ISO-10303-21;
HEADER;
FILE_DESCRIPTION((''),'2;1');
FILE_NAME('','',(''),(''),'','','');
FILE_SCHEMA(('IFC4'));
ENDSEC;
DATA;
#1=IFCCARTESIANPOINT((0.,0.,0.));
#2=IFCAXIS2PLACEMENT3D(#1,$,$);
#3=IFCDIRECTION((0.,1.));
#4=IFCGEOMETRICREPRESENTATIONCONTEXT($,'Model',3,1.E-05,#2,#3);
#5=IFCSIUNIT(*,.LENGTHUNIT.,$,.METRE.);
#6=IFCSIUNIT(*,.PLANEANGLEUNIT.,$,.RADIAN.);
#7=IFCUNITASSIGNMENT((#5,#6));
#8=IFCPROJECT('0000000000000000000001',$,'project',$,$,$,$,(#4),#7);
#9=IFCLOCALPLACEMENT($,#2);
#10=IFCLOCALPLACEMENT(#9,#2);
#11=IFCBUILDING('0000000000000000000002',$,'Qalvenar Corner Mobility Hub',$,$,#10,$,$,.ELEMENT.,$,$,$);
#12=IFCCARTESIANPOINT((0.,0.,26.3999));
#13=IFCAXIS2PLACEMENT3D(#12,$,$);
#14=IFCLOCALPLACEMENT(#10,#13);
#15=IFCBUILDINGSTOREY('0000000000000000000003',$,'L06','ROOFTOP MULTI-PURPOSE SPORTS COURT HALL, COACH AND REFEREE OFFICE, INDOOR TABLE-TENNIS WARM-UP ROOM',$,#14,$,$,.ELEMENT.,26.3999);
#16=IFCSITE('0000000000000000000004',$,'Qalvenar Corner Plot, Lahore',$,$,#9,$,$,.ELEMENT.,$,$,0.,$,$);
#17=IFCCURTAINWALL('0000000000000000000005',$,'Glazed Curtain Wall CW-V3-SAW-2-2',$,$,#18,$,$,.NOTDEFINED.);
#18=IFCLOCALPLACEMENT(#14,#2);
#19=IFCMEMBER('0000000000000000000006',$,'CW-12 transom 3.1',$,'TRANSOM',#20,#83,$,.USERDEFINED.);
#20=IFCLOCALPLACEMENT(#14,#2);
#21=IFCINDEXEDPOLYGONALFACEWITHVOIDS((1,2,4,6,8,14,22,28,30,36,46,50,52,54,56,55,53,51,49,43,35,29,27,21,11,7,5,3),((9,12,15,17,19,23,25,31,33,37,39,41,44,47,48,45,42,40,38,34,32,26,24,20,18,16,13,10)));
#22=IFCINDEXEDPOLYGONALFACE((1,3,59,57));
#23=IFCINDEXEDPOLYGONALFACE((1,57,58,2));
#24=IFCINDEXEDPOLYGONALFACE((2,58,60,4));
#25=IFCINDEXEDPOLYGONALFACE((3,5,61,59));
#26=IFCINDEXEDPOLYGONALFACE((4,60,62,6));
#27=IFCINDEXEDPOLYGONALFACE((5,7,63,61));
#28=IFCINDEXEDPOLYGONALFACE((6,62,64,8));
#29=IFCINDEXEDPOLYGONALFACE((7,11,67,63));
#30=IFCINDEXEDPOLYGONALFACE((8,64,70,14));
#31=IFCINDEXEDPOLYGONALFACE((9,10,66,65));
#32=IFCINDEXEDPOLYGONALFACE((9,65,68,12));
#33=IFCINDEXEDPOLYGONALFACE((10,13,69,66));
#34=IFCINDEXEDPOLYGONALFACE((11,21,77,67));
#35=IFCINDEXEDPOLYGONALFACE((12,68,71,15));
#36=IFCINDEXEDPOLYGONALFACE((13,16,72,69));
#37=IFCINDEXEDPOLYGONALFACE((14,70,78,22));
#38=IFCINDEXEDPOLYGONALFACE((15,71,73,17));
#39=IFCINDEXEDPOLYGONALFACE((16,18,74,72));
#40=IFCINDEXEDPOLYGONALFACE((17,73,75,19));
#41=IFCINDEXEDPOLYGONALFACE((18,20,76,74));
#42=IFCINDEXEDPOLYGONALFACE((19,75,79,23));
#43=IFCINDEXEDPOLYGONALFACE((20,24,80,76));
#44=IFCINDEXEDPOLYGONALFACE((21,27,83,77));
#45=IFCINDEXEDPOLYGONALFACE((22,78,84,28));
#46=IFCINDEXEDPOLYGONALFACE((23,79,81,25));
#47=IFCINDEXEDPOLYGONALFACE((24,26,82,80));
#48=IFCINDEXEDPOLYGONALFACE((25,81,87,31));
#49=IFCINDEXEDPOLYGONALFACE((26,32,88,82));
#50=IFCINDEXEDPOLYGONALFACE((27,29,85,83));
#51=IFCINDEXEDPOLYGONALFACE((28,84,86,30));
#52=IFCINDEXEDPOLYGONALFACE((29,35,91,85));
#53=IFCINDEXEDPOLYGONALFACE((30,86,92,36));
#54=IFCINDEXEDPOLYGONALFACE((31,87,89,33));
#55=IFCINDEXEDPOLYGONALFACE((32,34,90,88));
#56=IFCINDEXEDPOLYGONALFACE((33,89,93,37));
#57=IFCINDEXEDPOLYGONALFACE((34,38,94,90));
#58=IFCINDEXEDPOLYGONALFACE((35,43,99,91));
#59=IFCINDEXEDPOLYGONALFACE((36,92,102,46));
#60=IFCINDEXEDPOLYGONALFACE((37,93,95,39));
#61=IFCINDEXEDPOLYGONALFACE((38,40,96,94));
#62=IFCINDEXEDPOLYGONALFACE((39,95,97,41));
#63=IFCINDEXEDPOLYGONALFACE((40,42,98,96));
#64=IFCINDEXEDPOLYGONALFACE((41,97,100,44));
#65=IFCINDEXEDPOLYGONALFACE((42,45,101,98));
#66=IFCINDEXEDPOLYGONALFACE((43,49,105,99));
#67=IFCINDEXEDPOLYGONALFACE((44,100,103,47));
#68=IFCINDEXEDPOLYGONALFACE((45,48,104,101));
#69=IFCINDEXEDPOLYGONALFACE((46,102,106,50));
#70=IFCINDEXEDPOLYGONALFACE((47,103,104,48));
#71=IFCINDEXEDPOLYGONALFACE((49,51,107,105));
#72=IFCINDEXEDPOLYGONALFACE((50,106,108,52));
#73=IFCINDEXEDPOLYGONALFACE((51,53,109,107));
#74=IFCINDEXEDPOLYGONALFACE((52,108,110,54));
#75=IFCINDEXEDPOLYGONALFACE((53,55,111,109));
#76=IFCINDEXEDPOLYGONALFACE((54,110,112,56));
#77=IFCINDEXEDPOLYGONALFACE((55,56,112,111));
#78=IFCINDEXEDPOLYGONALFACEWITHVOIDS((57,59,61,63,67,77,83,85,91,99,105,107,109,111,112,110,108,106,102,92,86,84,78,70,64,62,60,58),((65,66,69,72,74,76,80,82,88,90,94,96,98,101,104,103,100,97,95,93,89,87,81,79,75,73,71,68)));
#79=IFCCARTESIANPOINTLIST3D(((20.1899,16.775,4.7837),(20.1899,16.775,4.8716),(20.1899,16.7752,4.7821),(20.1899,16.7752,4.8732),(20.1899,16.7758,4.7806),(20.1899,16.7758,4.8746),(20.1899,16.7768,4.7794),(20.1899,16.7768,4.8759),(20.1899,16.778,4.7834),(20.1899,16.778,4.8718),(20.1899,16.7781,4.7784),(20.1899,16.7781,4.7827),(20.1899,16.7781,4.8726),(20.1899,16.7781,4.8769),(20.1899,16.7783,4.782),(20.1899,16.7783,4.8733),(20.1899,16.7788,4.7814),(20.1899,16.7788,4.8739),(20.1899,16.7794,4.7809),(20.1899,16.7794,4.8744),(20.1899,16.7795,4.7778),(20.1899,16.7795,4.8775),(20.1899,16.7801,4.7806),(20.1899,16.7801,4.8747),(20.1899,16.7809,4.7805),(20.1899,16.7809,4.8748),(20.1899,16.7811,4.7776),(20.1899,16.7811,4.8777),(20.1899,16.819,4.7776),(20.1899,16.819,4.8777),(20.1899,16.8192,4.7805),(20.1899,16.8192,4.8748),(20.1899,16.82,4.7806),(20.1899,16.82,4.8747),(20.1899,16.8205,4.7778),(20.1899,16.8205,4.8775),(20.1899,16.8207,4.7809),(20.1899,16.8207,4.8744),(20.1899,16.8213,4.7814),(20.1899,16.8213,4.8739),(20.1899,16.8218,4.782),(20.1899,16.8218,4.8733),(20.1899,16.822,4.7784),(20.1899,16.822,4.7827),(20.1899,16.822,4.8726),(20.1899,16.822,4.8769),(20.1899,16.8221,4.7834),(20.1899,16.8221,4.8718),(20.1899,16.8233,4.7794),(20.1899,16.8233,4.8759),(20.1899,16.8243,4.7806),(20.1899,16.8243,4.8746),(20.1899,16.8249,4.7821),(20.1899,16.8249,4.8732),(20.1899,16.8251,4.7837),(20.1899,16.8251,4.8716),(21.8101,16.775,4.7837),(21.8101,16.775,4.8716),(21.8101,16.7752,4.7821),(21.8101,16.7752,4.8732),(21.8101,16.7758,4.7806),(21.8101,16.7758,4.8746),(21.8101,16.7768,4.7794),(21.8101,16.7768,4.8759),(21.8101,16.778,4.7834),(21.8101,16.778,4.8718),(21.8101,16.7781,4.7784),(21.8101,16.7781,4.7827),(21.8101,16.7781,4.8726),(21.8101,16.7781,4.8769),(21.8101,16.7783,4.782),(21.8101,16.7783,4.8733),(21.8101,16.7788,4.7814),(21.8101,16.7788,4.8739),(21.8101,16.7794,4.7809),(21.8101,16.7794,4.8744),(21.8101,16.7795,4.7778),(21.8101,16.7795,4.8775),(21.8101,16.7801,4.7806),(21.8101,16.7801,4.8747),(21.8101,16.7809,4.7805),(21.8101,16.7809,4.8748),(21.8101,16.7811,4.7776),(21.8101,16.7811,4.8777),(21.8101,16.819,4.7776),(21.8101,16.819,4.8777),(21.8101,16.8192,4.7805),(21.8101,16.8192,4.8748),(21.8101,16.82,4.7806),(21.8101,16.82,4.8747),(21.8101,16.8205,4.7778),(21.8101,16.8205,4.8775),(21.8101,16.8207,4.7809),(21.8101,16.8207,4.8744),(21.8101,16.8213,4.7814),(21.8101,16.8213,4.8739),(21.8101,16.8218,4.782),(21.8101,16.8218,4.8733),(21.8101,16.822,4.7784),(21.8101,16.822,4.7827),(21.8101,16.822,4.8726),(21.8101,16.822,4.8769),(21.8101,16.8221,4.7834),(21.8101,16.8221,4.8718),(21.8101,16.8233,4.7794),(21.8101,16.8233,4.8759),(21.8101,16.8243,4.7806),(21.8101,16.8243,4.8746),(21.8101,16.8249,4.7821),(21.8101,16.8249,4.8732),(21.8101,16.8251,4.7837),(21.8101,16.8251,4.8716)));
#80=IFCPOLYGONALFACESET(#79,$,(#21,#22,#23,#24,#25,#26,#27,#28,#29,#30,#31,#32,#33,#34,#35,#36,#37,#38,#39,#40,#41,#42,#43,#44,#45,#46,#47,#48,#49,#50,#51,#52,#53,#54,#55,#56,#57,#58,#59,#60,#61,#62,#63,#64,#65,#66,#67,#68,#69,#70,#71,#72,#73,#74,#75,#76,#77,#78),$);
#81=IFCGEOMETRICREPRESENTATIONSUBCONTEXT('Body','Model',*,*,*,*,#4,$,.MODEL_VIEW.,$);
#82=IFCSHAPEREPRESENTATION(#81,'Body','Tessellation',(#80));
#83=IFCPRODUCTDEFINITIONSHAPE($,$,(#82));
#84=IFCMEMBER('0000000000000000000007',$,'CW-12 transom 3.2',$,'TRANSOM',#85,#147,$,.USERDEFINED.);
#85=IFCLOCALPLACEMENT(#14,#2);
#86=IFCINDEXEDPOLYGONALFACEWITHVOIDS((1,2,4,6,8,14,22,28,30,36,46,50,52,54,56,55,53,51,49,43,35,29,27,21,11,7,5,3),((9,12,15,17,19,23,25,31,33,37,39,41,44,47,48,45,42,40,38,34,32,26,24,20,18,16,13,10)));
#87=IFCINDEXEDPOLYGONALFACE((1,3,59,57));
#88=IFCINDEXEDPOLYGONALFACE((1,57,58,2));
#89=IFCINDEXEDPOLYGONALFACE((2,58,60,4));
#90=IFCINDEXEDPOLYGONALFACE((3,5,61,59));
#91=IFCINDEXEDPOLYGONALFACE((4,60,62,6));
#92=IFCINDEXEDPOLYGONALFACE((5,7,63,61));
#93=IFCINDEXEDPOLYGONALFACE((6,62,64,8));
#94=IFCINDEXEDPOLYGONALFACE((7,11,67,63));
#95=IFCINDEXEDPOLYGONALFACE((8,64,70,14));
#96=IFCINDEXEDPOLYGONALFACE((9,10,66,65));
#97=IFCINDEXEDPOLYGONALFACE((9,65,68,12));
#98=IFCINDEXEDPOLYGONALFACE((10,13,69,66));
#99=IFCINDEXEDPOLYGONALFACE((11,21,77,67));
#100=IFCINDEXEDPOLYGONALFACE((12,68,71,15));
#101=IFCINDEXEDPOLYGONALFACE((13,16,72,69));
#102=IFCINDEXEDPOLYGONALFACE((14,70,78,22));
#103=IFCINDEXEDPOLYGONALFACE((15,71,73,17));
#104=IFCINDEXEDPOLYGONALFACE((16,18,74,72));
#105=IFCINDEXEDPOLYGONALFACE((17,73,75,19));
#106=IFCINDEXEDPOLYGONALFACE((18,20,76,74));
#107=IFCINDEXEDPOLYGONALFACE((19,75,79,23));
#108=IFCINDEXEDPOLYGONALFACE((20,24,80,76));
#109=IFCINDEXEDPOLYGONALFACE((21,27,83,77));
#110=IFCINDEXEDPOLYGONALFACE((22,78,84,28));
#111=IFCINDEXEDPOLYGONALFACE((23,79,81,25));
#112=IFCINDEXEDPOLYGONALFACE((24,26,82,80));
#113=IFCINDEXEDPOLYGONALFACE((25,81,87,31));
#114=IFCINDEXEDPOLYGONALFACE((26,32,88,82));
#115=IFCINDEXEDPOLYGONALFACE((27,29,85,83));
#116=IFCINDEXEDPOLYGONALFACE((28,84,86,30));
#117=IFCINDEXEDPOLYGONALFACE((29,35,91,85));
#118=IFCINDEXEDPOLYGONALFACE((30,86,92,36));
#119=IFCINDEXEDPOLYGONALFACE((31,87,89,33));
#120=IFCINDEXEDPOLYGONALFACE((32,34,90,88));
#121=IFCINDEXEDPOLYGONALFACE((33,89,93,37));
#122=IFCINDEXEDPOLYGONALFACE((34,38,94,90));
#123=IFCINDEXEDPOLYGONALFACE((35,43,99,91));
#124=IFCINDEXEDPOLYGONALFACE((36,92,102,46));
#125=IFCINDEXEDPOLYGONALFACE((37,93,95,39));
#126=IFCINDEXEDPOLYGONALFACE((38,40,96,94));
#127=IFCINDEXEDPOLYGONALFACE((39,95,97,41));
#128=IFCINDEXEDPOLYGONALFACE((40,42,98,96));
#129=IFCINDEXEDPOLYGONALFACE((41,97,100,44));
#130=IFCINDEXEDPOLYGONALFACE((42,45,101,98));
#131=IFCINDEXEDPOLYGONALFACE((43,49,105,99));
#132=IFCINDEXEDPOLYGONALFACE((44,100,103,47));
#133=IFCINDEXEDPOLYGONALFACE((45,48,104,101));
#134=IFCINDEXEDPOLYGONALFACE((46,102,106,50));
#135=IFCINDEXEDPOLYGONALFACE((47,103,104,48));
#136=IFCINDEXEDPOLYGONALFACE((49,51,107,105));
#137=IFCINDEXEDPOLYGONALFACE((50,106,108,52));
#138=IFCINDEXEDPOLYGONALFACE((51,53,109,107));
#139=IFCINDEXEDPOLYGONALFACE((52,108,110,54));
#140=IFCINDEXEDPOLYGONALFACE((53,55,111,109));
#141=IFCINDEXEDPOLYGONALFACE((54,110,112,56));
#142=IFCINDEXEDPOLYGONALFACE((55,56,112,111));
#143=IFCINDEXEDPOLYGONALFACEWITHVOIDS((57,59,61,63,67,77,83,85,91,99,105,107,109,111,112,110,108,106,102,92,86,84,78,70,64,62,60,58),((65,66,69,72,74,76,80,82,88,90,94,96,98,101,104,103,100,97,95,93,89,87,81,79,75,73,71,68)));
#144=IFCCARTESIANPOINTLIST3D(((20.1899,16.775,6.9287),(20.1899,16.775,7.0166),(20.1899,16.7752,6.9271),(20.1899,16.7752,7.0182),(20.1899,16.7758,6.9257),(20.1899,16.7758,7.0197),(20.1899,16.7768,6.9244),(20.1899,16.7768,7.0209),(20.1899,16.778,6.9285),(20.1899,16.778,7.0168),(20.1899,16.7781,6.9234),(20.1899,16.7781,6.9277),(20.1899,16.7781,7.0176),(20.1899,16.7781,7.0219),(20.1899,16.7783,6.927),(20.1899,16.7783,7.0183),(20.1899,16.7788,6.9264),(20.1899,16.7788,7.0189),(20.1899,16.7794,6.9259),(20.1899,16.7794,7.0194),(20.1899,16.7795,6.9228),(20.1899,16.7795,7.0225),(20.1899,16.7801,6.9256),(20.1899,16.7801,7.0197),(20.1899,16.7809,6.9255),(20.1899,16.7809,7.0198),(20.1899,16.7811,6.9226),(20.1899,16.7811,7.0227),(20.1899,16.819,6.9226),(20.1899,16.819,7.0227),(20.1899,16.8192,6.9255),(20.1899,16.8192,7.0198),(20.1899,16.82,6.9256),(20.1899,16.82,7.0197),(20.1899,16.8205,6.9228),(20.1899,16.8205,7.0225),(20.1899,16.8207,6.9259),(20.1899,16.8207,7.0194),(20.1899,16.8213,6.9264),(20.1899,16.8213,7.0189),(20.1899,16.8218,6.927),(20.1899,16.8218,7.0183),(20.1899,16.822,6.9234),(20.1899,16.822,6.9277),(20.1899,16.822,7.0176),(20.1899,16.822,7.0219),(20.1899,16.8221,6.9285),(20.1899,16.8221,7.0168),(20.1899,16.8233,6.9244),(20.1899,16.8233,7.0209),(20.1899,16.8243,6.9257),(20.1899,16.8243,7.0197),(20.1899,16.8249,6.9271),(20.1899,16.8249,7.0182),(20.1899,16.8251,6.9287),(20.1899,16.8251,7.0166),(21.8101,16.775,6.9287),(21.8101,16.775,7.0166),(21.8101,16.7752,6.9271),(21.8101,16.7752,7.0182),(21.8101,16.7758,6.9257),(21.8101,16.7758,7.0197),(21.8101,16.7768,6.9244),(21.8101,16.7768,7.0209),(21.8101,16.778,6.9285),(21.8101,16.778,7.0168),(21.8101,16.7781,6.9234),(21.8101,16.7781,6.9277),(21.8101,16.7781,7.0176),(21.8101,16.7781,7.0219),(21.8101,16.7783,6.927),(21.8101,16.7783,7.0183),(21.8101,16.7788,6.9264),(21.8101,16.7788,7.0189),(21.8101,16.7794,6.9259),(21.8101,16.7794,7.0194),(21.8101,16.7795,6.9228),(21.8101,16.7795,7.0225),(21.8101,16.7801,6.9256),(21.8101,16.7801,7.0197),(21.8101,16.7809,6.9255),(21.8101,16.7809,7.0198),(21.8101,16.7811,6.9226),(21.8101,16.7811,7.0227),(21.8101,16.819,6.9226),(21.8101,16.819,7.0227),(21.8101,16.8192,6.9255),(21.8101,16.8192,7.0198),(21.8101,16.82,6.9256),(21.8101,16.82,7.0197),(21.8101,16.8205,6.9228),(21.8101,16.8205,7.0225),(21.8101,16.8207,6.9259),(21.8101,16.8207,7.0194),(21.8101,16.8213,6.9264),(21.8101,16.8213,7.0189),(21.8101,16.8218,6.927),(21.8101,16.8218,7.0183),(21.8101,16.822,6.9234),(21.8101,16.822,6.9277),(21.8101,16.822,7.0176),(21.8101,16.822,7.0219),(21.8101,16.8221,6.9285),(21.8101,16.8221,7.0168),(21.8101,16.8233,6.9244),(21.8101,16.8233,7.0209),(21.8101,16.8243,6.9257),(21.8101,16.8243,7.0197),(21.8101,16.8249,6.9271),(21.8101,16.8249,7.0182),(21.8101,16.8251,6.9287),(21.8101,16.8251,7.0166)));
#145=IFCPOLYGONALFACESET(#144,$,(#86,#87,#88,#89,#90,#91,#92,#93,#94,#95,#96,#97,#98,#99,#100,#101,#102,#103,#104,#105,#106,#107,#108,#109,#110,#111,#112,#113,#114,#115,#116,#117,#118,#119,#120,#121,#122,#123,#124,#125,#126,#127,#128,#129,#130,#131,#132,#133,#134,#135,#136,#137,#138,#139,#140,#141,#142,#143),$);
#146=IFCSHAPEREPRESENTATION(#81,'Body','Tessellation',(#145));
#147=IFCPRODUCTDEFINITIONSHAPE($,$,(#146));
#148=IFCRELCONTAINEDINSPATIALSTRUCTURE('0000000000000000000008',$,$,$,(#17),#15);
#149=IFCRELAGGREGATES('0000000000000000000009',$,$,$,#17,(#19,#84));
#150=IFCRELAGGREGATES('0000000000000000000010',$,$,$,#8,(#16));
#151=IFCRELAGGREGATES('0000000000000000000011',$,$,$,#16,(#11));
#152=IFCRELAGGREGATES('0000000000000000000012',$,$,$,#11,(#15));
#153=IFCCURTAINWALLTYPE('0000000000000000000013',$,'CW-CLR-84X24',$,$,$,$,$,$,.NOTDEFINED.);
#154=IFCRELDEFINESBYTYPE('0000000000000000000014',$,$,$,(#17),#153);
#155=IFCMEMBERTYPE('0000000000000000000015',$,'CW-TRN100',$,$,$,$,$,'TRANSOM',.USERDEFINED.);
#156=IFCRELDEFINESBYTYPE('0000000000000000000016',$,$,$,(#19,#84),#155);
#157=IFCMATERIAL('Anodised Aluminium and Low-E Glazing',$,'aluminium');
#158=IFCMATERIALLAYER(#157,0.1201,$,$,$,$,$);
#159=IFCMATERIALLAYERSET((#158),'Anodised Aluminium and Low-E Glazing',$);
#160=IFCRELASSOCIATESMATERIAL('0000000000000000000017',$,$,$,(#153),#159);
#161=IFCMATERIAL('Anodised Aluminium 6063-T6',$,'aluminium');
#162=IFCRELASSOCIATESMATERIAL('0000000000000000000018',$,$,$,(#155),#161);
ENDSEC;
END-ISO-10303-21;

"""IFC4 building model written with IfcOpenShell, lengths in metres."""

from ifc_helpers import new_model, si_unit, direction, frame, origin, origin_2d, place, context, subcontext, project, spatial, hollow_rectangle, extrude, material, layer, layer_set, material_profile, profile_set, type_object, element, aggregate, save


model = new_model("IFC4")

# Units and contexts
model_context = context("Model", 3, precision=1e-05, world=origin(), true_north=direction((0.0, 1.0)))
body_context = subcontext(model_context, "Body", "Model", "MODEL_VIEW")
ifc_project = project(units=[si_unit("LENGTHUNIT", "METRE"), si_unit("PLANEANGLEUNIT", "RADIAN")], contexts=[model_context])

# Site, building, storey
site_placement = place(None, origin())
site = spatial("IfcSite", under=ifc_project, at=site_placement, Name="Qalvenar Corner Plot, Lahore", CompositionType="ELEMENT", RefElevation=0.0)
building_placement = place(site_placement, origin())
building = spatial("IfcBuilding", under=site, at=building_placement, Name="Qalvenar Corner Mobility Hub", CompositionType="ELEMENT")
storey_placement = place(building_placement, frame((0.0, 0.0, 26.3999)))
storey = spatial("IfcBuildingStorey", under=building, at=storey_placement, Name="L06", Description="ROOFTOP MULTI-PURPOSE SPORTS COURT HALL, COACH AND REFEREE OFFICE, INDOOR TABLE-TENNIS WARM-UP ROOM", CompositionType="ELEMENT", Elevation=26.3999)

# Curtain wall
ifc_material_1 = material(Name="Anodised Aluminium and Low-E Glazing", Category="aluminium")
ifc_layer_1 = layer(ifc_material_1, 0.1201)
ifc_layer_set_1 = layer_set([ifc_layer_1], Name="Anodised Aluminium and Low-E Glazing")
curtain_wall_type = type_object("IfcCurtainWallType", Name="CW-CLR-84X24", PredefinedType="NOTDEFINED", material=ifc_layer_set_1)
curtain_wall_1_placement = place(storey_placement, origin())
curtain_wall_1 = element("IfcCurtainWall", 1, at=curtain_wall_1_placement, inside=storey, type_object=curtain_wall_type, Name="Glazed Curtain Wall CW-V3-SAW-2-2", PredefinedType="NOTDEFINED")
ifc_material_2 = material(Name="Anodised Aluminium 6063-T6", Category="aluminium")

# Shared definitions
ifc_material_profile_1 = material_profile(ifc_material_2, hollow_rectangle(XDim=0.05, YDim=0.1001, WallThickness=0.0029, InnerFilletRadius=0.0029, OuterFilletRadius=0.0061, at=origin_2d()), Name="RHS100x50x3")
ifc_profile_set_1 = profile_set([ifc_material_profile_1], Name="Anodised Aluminium 6063-T6")
member_type_1 = type_object("IfcMemberType", Name="CW-TRN100", ElementType="TRANSOM", PredefinedType="USERDEFINED", material=ifc_profile_set_1)

# Members
member_1_placement = place(storey_placement, frame((21.8101, 16.8, 4.8276), z_axis=(-1.0, 0.0, 0.0), x_axis=(0.0, -1.0, 0.0)))
member_1 = element("IfcMember", 2, at=member_1_placement, type_object=member_type_1, Name="CW-12 transom 3.1", ObjectType="TRANSOM", PredefinedType="USERDEFINED", context=body_context, shape_type="SweptSolid", body=[
    extrude(hollow_rectangle(XDim=0.05, YDim=0.1001, WallThickness=0.0029, InnerFilletRadius=0.0029, OuterFilletRadius=0.0061, at=origin_2d()), origin(), (0.0, 0.0, 1.0), 1.6201),
])
member_2_placement = place(storey_placement, frame((21.8101, 16.8, 6.9727), z_axis=(-1.0, 0.0, 0.0), x_axis=(0.0, -1.0, 0.0)))
member_2 = element("IfcMember", 3, at=member_2_placement, type_object=member_type_1, Name="CW-12 transom 3.2", ObjectType="TRANSOM", PredefinedType="USERDEFINED", context=body_context, shape_type="SweptSolid", body=[
    extrude(hollow_rectangle(XDim=0.05, YDim=0.1001, WallThickness=0.0029, InnerFilletRadius=0.0029, OuterFilletRadius=0.0061, at=origin_2d()), origin(), (0.0, 0.0, 1.0), 1.6201),
])

aggregate(curtain_wall_1, [member_1, member_2])

save(model, "model.ifc")
